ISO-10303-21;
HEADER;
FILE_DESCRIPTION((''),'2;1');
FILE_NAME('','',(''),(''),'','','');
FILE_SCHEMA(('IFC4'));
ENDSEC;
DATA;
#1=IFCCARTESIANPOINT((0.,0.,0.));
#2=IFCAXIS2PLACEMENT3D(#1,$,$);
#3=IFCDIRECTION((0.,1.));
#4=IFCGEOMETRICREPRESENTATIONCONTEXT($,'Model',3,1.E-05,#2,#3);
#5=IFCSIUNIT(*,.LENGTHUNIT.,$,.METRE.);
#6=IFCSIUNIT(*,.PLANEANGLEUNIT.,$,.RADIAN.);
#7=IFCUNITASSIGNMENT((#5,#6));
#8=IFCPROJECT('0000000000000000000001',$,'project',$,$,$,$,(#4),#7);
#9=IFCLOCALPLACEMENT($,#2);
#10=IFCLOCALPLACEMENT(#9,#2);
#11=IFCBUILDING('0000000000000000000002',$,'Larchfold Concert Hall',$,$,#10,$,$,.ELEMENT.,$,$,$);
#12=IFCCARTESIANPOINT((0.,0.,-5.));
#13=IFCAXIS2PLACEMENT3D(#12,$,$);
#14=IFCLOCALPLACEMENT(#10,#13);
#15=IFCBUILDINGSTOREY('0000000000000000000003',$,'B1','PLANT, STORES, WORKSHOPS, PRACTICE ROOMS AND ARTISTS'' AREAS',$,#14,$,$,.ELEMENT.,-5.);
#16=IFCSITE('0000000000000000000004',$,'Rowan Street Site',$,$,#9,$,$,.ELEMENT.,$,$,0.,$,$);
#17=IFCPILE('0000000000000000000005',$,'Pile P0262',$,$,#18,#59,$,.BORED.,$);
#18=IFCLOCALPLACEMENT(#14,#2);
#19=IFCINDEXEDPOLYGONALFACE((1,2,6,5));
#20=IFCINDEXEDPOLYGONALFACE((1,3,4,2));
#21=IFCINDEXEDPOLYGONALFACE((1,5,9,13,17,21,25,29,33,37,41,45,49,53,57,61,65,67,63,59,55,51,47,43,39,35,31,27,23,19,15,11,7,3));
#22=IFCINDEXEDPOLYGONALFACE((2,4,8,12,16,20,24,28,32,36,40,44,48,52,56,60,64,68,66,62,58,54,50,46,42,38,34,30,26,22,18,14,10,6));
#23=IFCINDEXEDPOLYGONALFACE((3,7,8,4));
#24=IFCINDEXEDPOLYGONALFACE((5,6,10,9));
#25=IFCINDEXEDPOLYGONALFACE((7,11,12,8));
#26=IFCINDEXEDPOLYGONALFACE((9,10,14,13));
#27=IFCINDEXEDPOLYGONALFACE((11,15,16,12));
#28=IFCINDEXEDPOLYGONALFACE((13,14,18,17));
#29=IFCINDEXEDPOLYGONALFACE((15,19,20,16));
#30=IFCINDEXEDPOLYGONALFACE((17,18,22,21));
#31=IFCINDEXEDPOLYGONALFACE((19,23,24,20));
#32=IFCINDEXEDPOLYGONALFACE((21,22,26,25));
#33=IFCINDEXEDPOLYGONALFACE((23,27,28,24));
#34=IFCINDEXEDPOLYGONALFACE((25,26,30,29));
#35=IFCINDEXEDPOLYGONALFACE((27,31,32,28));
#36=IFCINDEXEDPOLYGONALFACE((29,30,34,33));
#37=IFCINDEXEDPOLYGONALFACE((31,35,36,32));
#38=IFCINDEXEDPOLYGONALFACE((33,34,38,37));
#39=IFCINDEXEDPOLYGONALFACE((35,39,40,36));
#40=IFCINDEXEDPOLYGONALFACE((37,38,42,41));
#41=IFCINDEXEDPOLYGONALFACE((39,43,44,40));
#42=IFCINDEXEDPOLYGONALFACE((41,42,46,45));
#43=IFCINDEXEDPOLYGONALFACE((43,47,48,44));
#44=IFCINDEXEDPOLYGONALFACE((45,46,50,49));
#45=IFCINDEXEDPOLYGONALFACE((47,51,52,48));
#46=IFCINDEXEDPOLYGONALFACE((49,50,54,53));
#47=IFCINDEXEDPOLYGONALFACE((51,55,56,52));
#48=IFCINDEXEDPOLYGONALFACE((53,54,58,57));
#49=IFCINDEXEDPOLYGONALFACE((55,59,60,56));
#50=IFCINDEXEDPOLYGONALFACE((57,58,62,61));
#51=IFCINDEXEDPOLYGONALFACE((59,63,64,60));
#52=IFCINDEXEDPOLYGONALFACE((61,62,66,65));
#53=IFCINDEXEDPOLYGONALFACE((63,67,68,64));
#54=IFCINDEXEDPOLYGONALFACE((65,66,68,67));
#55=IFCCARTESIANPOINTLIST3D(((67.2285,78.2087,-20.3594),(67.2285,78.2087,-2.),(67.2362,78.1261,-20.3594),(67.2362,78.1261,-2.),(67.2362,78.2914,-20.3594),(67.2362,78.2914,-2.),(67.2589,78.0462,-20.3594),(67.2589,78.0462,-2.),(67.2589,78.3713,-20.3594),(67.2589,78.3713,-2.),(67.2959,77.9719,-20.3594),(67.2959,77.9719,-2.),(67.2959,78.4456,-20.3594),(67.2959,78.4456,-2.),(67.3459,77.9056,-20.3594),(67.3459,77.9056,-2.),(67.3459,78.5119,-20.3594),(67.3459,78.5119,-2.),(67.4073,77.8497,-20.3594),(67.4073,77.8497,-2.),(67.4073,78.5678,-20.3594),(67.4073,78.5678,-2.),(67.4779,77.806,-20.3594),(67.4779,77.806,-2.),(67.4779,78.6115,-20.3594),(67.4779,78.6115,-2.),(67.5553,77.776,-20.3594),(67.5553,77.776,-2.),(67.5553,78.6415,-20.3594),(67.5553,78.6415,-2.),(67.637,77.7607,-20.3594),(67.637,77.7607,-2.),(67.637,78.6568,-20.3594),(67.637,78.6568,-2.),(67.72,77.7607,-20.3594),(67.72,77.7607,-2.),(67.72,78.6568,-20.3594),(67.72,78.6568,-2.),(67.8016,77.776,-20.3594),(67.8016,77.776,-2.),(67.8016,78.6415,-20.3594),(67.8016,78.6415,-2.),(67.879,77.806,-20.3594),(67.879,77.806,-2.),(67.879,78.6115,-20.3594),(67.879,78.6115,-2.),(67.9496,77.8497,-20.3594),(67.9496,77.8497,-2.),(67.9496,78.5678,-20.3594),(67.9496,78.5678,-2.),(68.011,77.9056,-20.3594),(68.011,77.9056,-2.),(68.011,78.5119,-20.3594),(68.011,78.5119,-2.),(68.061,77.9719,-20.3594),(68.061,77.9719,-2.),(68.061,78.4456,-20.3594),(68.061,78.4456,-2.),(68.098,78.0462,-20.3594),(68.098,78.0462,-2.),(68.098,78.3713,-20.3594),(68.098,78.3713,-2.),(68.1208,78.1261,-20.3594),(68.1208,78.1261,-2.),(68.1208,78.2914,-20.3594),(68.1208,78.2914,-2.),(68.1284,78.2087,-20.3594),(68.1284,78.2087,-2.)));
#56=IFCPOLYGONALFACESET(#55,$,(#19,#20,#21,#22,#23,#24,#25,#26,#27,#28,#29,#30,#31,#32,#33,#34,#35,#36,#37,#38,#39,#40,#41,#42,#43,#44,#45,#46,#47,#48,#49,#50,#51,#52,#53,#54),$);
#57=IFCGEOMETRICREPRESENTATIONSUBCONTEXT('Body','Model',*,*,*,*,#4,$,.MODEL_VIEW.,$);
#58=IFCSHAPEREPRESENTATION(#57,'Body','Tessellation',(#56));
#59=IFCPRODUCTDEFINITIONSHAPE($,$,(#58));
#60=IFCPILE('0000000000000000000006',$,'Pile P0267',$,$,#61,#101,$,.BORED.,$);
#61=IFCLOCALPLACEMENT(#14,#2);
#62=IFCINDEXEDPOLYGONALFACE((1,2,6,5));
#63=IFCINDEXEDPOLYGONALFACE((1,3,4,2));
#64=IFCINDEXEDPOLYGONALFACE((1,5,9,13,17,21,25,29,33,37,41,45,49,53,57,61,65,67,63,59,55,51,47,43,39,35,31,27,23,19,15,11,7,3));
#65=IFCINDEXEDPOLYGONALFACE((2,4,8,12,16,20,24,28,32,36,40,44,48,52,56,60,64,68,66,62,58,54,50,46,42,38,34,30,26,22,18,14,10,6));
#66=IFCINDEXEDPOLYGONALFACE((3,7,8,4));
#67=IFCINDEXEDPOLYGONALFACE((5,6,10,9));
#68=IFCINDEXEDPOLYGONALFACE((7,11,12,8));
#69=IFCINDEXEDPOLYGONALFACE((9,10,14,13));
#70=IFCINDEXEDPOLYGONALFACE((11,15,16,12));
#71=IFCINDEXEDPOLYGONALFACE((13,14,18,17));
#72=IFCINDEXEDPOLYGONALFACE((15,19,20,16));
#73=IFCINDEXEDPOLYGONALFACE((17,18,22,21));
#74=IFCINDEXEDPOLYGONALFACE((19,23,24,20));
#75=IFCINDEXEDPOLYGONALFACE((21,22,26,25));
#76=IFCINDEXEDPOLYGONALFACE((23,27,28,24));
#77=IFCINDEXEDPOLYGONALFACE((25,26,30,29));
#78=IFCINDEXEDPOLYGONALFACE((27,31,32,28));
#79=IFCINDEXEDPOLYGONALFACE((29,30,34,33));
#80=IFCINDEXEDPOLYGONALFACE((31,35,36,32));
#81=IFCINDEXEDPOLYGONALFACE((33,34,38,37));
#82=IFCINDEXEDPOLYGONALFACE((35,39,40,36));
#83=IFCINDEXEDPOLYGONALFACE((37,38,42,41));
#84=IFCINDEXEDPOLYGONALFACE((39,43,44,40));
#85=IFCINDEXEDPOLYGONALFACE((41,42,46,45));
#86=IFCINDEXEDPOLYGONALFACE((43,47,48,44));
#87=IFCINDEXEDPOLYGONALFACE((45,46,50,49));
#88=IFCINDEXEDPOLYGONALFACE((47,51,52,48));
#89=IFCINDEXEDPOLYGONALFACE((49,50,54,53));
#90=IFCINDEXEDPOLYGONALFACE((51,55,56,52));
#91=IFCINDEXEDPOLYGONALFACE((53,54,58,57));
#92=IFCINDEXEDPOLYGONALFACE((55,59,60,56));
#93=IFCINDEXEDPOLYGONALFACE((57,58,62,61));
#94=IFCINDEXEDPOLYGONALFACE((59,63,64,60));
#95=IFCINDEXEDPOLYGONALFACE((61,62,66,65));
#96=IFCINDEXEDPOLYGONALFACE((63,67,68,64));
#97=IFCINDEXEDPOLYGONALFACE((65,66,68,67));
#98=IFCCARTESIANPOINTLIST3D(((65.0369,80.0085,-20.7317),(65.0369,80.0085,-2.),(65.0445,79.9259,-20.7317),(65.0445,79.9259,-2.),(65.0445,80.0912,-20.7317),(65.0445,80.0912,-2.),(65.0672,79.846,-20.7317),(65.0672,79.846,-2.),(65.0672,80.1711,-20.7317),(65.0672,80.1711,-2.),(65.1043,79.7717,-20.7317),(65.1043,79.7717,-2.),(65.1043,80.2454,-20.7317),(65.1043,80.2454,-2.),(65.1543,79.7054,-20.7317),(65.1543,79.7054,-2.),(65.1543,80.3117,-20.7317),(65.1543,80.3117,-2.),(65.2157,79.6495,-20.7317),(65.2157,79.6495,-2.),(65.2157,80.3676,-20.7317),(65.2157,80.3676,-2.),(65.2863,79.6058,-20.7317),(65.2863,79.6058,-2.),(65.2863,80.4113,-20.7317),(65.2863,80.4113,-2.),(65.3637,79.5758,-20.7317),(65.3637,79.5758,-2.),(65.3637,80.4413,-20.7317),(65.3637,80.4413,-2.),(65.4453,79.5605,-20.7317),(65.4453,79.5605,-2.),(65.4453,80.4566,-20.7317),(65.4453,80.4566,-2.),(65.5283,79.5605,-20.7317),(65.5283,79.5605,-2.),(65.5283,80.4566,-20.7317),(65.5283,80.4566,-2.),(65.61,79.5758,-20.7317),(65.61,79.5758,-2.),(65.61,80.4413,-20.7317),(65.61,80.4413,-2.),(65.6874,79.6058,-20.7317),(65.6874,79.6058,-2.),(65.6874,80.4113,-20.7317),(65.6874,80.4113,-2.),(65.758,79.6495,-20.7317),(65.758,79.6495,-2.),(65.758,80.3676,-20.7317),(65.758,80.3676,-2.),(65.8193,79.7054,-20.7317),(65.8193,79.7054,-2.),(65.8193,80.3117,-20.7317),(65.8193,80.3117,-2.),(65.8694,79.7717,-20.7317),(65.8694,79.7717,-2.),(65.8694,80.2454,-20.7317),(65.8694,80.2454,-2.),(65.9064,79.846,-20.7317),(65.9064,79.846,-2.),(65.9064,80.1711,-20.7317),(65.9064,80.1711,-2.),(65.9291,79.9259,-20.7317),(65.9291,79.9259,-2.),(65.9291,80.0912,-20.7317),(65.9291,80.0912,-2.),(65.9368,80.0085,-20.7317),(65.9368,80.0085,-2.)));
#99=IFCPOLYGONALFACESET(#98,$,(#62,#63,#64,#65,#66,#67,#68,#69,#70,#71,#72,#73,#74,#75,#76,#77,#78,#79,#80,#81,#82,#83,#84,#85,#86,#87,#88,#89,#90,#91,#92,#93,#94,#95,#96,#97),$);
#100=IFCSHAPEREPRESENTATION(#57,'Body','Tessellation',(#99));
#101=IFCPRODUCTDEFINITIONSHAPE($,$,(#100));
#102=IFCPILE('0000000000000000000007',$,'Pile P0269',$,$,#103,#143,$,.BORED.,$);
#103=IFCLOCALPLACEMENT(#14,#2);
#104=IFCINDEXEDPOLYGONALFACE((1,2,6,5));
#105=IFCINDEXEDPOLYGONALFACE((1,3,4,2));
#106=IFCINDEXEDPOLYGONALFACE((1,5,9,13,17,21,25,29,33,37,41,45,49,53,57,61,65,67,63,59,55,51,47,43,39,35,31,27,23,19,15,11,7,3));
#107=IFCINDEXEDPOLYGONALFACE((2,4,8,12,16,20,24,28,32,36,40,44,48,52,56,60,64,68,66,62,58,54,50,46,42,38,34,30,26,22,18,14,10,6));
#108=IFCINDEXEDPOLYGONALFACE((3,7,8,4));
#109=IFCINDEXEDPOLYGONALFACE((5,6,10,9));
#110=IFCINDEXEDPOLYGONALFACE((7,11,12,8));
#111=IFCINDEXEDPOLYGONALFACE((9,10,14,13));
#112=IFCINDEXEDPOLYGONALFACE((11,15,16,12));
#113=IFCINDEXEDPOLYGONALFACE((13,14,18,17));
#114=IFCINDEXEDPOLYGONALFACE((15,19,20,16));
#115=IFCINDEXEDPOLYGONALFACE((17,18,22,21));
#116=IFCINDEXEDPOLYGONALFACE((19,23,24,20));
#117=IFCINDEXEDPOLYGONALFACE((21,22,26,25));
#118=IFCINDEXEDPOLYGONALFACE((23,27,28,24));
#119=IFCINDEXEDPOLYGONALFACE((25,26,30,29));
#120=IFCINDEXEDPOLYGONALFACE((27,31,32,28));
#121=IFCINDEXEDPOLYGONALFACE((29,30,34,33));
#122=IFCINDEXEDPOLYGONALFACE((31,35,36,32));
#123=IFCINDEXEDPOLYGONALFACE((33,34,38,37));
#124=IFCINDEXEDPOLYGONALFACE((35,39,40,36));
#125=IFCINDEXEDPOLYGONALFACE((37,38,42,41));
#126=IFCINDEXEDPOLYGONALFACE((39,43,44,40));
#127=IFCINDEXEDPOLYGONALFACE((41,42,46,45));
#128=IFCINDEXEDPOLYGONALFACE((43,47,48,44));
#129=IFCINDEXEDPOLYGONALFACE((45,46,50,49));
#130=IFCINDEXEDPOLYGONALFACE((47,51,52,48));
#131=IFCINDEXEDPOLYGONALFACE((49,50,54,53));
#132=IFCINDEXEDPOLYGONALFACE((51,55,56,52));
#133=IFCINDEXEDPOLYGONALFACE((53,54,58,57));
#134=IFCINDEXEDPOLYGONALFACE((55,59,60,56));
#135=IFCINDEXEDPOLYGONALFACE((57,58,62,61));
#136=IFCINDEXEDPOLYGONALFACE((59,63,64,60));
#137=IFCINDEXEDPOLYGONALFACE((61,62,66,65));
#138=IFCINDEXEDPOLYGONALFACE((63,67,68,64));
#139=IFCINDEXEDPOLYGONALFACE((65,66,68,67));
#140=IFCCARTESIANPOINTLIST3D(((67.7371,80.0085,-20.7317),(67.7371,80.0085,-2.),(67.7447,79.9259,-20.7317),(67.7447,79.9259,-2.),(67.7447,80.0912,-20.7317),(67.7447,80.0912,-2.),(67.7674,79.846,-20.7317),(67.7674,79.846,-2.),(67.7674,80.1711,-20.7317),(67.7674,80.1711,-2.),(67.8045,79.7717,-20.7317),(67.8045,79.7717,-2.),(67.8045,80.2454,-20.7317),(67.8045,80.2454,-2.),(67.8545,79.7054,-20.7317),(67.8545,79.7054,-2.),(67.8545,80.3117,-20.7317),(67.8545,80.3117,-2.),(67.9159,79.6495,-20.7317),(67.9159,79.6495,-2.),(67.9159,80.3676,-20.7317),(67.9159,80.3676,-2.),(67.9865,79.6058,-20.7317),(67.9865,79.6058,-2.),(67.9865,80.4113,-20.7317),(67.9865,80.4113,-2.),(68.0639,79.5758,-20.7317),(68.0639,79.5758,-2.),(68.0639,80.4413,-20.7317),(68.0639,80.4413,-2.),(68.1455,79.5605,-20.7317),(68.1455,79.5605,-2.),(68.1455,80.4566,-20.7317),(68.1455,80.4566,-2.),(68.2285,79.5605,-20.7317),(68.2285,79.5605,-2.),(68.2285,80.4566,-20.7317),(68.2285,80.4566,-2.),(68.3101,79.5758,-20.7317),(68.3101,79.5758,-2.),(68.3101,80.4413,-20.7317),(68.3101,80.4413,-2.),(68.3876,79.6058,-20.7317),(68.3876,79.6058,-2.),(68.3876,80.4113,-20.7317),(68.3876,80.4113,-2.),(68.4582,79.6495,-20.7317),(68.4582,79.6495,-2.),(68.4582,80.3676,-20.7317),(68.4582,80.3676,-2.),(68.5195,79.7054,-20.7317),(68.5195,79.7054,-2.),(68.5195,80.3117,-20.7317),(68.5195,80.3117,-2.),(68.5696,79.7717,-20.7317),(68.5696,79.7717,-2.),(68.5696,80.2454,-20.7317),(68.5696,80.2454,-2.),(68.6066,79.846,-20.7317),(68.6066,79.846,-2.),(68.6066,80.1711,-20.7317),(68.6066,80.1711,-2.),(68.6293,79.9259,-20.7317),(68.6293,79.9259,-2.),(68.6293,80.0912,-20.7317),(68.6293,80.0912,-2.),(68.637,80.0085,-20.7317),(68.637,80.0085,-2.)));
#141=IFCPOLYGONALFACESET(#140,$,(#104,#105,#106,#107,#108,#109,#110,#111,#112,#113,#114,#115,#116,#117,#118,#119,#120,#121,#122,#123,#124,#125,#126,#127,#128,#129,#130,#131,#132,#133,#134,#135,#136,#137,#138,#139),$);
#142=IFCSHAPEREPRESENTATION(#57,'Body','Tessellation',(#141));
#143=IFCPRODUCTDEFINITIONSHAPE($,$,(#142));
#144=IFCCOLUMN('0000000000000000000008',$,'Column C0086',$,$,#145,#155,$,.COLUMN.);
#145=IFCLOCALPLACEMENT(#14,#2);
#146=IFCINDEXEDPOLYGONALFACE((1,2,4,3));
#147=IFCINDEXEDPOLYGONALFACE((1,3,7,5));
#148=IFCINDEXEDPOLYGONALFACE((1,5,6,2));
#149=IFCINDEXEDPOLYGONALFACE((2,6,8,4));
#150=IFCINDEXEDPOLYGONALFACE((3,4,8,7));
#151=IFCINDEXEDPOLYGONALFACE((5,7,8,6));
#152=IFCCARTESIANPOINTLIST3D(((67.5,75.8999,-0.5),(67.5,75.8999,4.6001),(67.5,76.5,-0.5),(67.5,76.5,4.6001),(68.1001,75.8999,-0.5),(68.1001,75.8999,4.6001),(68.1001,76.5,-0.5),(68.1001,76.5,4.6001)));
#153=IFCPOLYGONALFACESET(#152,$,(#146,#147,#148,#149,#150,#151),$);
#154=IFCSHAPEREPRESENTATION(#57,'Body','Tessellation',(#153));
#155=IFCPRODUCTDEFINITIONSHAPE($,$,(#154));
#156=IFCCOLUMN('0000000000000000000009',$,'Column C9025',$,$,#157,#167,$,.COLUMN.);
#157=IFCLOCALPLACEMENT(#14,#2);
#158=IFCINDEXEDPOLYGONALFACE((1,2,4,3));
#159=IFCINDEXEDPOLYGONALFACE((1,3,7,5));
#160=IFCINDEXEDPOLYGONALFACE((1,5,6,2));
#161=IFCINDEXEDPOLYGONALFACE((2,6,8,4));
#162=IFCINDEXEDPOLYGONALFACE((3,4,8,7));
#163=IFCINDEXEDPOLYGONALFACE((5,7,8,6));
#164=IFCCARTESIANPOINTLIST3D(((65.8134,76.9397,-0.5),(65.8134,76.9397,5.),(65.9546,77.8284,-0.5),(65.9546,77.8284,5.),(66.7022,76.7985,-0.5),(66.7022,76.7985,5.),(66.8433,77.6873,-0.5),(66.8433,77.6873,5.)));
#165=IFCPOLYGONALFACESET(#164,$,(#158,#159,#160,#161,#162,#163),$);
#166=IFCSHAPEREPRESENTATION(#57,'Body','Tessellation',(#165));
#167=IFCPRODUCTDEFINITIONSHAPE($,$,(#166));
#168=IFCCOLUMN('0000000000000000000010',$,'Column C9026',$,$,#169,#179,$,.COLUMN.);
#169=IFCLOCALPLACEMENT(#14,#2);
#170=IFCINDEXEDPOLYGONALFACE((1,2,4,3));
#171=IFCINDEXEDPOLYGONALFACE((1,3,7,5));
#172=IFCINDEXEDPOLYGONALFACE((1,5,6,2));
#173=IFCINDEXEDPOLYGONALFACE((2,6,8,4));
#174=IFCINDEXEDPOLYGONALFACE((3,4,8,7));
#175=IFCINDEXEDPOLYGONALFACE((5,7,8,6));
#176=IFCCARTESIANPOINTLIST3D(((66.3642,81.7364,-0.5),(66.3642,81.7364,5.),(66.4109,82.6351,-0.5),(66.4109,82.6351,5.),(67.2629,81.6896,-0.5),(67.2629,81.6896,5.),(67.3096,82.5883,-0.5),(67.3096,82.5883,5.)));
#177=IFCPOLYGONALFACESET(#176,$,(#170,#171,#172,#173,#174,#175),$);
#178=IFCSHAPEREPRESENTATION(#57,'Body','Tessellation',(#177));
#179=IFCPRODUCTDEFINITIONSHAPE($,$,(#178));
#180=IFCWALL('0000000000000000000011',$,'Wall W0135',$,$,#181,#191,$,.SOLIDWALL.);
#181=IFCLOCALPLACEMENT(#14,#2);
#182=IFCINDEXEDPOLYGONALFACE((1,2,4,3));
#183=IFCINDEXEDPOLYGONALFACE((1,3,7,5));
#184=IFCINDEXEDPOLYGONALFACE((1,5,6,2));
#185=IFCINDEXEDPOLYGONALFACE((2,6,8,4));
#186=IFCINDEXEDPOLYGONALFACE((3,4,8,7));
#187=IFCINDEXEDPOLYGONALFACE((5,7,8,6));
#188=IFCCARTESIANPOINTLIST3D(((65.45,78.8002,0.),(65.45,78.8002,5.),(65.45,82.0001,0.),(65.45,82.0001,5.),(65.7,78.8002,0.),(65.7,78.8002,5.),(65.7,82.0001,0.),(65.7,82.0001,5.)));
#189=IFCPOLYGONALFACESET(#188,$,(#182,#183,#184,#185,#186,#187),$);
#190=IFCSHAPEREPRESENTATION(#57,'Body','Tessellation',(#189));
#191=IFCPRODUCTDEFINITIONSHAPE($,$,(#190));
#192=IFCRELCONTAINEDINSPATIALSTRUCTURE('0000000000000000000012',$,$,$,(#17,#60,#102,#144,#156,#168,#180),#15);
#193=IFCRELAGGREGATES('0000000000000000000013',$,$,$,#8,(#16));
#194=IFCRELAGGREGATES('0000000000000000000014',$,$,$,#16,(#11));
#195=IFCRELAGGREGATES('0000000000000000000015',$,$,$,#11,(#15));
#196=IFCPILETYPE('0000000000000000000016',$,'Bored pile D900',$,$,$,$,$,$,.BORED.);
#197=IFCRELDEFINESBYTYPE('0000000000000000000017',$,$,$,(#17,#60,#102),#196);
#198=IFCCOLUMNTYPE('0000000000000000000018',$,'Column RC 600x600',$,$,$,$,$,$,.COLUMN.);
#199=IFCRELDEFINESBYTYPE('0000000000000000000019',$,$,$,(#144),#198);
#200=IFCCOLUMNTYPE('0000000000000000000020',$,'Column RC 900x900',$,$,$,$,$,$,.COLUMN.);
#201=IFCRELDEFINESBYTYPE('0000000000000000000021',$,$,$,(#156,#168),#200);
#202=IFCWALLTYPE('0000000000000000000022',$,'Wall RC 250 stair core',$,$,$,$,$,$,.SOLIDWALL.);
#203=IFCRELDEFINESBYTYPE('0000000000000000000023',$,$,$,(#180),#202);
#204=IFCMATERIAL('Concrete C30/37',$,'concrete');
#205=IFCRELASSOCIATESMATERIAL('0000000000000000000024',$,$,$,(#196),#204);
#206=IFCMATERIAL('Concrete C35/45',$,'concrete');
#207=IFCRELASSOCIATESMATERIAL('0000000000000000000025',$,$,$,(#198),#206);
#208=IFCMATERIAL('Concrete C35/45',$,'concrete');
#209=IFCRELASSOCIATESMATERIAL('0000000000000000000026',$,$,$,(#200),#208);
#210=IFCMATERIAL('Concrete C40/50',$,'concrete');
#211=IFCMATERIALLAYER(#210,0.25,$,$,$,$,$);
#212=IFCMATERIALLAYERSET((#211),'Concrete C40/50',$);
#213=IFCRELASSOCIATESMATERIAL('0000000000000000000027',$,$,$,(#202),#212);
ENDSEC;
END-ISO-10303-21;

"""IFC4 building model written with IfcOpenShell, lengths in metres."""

from ifc_helpers import new_model, si_unit, direction, frame, frame_2d, origin, origin_2d, place, context, subcontext, project, spatial, rectangle, circle, extrude, material, layer, layer_set, material_profile, profile_set, type_object, element, save


model = new_model("IFC4")

# Units and contexts
model_context = context("Model", 3, precision=1e-05, world=origin(), true_north=direction((0.0, 1.0)))
body_context = subcontext(model_context, "Body", "Model", "MODEL_VIEW")
ifc_project = project(units=[si_unit("LENGTHUNIT", "METRE"), si_unit("PLANEANGLEUNIT", "RADIAN")], contexts=[model_context])

# Site, building, storey
site_placement = place(None, origin())
site = spatial("IfcSite", under=ifc_project, at=site_placement, Name="Rowan Street Site", CompositionType="ELEMENT", RefElevation=0.0)
building_placement = place(site_placement, origin())
building = spatial("IfcBuilding", under=site, at=building_placement, Name="Larchfold Concert Hall", CompositionType="ELEMENT")
storey_placement = place(building_placement, frame((0.0, 0.0, -5.0)))
storey = spatial("IfcBuildingStorey", under=building, at=storey_placement, Name="B1", Description="PLANT, STORES, WORKSHOPS, PRACTICE ROOMS AND ARTISTS' AREAS", CompositionType="ELEMENT", Elevation=-5.0)

# Piles
ifc_material_1 = material(Name="Concrete C30/37", Category="concrete")
ifc_material_profile_1 = material_profile(ifc_material_1, circle(Radius=0.45, at=origin_2d()))
ifc_profile_set_1 = profile_set([ifc_material_profile_1], Name="Concrete C30/37")
pile_type = type_object("IfcPileType", Name="Bored pile D900", PredefinedType="BORED", material=ifc_profile_set_1)
for number, where, z_axis, x_axis, name in (
    (1, (67.6785, 78.2087, -2.0), (0.0, 0.0, -1.0), (1.0, 0.0, 0.0), "Pile P0262"),
):
    element("IfcPile", number, at=place(storey_placement, frame(where, z_axis=z_axis, x_axis=x_axis)), inside=storey, type_object=pile_type, Name=name, PredefinedType="BORED", context=body_context, shape_type="SweptSolid", body=[
        extrude(circle(Radius=0.45, at=origin_2d()), origin(), (0.0, 0.0, 1.0), 18.3594),
    ])
for number, where, z_axis, x_axis, name in (
    (2, (65.4868, 80.0085, -2.0), (0.0, 0.0, -1.0), (1.0, 0.0, 0.0), "Pile P0267"),
    (3, (68.187, 80.0085, -2.0), (0.0, 0.0, -1.0), (1.0, 0.0, 0.0), "Pile P0269"),
):
    element("IfcPile", number, at=place(storey_placement, frame(where, z_axis=z_axis, x_axis=x_axis)), inside=storey, type_object=pile_type, Name=name, PredefinedType="BORED", context=body_context, shape_type="SweptSolid", body=[
        extrude(circle(Radius=0.45, at=origin_2d()), origin(), (0.0, 0.0, 1.0), 18.7317),
    ])

# Columns
ifc_material_2 = material(Name="Concrete C35/45", Category="concrete")
ifc_material_profile_2 = material_profile(ifc_material_2, rectangle(XDim=0.6001, YDim=0.6001, at=origin_2d()))
ifc_profile_set_2 = profile_set([ifc_material_profile_2], Name="Concrete C35/45")
column_type_1 = type_object("IfcColumnType", Name="Column RC 600x600", PredefinedType="COLUMN", material=ifc_profile_set_2)
column_placement = place(storey_placement, frame((67.8, 76.2, -0.5), z_axis=(0.0, 0.0, 1.0), x_axis=(1.0, 0.0, 0.0)))
element("IfcColumn", 4, at=column_placement, inside=storey, type_object=column_type_1, Name="Column C0086", PredefinedType="COLUMN", context=body_context, shape_type="SweptSolid", body=[
    extrude(rectangle(XDim=0.6001, YDim=0.6001, at=origin_2d()), origin(), (0.0, 0.0, 1.0), 5.1001),
])
ifc_material_3 = material(Name="Concrete C35/45", Category="concrete")
ifc_material_profile_3 = material_profile(ifc_material_3, rectangle(XDim=0.8999, YDim=0.8999, at=origin_2d()))
ifc_profile_set_3 = profile_set([ifc_material_profile_3], Name="Concrete C35/45")
column_type_2 = type_object("IfcColumnType", Name="Column RC 900x900", PredefinedType="COLUMN", material=ifc_profile_set_3)
for number, where, z_axis, x_axis, name in (
    (5, (66.3284, 77.3135, -0.5), (0.0, 0.0, 1.0), (0.156847, 0.987623, 0.0), "Column C9025"),
    (6, (66.8369, 82.1624, -0.5), (0.0, 0.0, 1.0), (0.05195, 0.99865, 0.0), "Column C9026"),
):
    element("IfcColumn", number, at=place(storey_placement, frame(where, z_axis=z_axis, x_axis=x_axis)), inside=storey, type_object=column_type_2, Name=name, PredefinedType="COLUMN", context=body_context, shape_type="SweptSolid", body=[
        extrude(rectangle(XDim=0.8999, YDim=0.8999, at=origin_2d()), origin(), (0.0, 0.0, 1.0), 5.5),
    ])

# Wall
ifc_material_4 = material(Name="Concrete C40/50", Category="concrete")
ifc_layer_1 = layer(ifc_material_4, 0.25)
ifc_layer_set_1 = layer_set([ifc_layer_1], Name="Concrete C40/50")
wall_type_1 = type_object("IfcWallType", Name="Wall RC 250 stair core", PredefinedType="SOLIDWALL", material=ifc_layer_set_1)
wall_1_placement = place(storey_placement, frame((65.575, 78.8, 0.0), z_axis=(0.0, 0.0, 1.0), x_axis=(0.0, 1.0, 0.0)))
element("IfcWall", 7, at=wall_1_placement, inside=storey, type_object=wall_type_1, Name="Wall W0135", PredefinedType="SOLIDWALL", context=body_context, shape_type="SweptSolid", body=[
    extrude(rectangle(XDim=3.2, YDim=0.25, at=frame_2d((1.6001, 0.0))), origin(), (0.0, 0.0, 1.0), 5.0),
])

save(model, "model.ifc")
